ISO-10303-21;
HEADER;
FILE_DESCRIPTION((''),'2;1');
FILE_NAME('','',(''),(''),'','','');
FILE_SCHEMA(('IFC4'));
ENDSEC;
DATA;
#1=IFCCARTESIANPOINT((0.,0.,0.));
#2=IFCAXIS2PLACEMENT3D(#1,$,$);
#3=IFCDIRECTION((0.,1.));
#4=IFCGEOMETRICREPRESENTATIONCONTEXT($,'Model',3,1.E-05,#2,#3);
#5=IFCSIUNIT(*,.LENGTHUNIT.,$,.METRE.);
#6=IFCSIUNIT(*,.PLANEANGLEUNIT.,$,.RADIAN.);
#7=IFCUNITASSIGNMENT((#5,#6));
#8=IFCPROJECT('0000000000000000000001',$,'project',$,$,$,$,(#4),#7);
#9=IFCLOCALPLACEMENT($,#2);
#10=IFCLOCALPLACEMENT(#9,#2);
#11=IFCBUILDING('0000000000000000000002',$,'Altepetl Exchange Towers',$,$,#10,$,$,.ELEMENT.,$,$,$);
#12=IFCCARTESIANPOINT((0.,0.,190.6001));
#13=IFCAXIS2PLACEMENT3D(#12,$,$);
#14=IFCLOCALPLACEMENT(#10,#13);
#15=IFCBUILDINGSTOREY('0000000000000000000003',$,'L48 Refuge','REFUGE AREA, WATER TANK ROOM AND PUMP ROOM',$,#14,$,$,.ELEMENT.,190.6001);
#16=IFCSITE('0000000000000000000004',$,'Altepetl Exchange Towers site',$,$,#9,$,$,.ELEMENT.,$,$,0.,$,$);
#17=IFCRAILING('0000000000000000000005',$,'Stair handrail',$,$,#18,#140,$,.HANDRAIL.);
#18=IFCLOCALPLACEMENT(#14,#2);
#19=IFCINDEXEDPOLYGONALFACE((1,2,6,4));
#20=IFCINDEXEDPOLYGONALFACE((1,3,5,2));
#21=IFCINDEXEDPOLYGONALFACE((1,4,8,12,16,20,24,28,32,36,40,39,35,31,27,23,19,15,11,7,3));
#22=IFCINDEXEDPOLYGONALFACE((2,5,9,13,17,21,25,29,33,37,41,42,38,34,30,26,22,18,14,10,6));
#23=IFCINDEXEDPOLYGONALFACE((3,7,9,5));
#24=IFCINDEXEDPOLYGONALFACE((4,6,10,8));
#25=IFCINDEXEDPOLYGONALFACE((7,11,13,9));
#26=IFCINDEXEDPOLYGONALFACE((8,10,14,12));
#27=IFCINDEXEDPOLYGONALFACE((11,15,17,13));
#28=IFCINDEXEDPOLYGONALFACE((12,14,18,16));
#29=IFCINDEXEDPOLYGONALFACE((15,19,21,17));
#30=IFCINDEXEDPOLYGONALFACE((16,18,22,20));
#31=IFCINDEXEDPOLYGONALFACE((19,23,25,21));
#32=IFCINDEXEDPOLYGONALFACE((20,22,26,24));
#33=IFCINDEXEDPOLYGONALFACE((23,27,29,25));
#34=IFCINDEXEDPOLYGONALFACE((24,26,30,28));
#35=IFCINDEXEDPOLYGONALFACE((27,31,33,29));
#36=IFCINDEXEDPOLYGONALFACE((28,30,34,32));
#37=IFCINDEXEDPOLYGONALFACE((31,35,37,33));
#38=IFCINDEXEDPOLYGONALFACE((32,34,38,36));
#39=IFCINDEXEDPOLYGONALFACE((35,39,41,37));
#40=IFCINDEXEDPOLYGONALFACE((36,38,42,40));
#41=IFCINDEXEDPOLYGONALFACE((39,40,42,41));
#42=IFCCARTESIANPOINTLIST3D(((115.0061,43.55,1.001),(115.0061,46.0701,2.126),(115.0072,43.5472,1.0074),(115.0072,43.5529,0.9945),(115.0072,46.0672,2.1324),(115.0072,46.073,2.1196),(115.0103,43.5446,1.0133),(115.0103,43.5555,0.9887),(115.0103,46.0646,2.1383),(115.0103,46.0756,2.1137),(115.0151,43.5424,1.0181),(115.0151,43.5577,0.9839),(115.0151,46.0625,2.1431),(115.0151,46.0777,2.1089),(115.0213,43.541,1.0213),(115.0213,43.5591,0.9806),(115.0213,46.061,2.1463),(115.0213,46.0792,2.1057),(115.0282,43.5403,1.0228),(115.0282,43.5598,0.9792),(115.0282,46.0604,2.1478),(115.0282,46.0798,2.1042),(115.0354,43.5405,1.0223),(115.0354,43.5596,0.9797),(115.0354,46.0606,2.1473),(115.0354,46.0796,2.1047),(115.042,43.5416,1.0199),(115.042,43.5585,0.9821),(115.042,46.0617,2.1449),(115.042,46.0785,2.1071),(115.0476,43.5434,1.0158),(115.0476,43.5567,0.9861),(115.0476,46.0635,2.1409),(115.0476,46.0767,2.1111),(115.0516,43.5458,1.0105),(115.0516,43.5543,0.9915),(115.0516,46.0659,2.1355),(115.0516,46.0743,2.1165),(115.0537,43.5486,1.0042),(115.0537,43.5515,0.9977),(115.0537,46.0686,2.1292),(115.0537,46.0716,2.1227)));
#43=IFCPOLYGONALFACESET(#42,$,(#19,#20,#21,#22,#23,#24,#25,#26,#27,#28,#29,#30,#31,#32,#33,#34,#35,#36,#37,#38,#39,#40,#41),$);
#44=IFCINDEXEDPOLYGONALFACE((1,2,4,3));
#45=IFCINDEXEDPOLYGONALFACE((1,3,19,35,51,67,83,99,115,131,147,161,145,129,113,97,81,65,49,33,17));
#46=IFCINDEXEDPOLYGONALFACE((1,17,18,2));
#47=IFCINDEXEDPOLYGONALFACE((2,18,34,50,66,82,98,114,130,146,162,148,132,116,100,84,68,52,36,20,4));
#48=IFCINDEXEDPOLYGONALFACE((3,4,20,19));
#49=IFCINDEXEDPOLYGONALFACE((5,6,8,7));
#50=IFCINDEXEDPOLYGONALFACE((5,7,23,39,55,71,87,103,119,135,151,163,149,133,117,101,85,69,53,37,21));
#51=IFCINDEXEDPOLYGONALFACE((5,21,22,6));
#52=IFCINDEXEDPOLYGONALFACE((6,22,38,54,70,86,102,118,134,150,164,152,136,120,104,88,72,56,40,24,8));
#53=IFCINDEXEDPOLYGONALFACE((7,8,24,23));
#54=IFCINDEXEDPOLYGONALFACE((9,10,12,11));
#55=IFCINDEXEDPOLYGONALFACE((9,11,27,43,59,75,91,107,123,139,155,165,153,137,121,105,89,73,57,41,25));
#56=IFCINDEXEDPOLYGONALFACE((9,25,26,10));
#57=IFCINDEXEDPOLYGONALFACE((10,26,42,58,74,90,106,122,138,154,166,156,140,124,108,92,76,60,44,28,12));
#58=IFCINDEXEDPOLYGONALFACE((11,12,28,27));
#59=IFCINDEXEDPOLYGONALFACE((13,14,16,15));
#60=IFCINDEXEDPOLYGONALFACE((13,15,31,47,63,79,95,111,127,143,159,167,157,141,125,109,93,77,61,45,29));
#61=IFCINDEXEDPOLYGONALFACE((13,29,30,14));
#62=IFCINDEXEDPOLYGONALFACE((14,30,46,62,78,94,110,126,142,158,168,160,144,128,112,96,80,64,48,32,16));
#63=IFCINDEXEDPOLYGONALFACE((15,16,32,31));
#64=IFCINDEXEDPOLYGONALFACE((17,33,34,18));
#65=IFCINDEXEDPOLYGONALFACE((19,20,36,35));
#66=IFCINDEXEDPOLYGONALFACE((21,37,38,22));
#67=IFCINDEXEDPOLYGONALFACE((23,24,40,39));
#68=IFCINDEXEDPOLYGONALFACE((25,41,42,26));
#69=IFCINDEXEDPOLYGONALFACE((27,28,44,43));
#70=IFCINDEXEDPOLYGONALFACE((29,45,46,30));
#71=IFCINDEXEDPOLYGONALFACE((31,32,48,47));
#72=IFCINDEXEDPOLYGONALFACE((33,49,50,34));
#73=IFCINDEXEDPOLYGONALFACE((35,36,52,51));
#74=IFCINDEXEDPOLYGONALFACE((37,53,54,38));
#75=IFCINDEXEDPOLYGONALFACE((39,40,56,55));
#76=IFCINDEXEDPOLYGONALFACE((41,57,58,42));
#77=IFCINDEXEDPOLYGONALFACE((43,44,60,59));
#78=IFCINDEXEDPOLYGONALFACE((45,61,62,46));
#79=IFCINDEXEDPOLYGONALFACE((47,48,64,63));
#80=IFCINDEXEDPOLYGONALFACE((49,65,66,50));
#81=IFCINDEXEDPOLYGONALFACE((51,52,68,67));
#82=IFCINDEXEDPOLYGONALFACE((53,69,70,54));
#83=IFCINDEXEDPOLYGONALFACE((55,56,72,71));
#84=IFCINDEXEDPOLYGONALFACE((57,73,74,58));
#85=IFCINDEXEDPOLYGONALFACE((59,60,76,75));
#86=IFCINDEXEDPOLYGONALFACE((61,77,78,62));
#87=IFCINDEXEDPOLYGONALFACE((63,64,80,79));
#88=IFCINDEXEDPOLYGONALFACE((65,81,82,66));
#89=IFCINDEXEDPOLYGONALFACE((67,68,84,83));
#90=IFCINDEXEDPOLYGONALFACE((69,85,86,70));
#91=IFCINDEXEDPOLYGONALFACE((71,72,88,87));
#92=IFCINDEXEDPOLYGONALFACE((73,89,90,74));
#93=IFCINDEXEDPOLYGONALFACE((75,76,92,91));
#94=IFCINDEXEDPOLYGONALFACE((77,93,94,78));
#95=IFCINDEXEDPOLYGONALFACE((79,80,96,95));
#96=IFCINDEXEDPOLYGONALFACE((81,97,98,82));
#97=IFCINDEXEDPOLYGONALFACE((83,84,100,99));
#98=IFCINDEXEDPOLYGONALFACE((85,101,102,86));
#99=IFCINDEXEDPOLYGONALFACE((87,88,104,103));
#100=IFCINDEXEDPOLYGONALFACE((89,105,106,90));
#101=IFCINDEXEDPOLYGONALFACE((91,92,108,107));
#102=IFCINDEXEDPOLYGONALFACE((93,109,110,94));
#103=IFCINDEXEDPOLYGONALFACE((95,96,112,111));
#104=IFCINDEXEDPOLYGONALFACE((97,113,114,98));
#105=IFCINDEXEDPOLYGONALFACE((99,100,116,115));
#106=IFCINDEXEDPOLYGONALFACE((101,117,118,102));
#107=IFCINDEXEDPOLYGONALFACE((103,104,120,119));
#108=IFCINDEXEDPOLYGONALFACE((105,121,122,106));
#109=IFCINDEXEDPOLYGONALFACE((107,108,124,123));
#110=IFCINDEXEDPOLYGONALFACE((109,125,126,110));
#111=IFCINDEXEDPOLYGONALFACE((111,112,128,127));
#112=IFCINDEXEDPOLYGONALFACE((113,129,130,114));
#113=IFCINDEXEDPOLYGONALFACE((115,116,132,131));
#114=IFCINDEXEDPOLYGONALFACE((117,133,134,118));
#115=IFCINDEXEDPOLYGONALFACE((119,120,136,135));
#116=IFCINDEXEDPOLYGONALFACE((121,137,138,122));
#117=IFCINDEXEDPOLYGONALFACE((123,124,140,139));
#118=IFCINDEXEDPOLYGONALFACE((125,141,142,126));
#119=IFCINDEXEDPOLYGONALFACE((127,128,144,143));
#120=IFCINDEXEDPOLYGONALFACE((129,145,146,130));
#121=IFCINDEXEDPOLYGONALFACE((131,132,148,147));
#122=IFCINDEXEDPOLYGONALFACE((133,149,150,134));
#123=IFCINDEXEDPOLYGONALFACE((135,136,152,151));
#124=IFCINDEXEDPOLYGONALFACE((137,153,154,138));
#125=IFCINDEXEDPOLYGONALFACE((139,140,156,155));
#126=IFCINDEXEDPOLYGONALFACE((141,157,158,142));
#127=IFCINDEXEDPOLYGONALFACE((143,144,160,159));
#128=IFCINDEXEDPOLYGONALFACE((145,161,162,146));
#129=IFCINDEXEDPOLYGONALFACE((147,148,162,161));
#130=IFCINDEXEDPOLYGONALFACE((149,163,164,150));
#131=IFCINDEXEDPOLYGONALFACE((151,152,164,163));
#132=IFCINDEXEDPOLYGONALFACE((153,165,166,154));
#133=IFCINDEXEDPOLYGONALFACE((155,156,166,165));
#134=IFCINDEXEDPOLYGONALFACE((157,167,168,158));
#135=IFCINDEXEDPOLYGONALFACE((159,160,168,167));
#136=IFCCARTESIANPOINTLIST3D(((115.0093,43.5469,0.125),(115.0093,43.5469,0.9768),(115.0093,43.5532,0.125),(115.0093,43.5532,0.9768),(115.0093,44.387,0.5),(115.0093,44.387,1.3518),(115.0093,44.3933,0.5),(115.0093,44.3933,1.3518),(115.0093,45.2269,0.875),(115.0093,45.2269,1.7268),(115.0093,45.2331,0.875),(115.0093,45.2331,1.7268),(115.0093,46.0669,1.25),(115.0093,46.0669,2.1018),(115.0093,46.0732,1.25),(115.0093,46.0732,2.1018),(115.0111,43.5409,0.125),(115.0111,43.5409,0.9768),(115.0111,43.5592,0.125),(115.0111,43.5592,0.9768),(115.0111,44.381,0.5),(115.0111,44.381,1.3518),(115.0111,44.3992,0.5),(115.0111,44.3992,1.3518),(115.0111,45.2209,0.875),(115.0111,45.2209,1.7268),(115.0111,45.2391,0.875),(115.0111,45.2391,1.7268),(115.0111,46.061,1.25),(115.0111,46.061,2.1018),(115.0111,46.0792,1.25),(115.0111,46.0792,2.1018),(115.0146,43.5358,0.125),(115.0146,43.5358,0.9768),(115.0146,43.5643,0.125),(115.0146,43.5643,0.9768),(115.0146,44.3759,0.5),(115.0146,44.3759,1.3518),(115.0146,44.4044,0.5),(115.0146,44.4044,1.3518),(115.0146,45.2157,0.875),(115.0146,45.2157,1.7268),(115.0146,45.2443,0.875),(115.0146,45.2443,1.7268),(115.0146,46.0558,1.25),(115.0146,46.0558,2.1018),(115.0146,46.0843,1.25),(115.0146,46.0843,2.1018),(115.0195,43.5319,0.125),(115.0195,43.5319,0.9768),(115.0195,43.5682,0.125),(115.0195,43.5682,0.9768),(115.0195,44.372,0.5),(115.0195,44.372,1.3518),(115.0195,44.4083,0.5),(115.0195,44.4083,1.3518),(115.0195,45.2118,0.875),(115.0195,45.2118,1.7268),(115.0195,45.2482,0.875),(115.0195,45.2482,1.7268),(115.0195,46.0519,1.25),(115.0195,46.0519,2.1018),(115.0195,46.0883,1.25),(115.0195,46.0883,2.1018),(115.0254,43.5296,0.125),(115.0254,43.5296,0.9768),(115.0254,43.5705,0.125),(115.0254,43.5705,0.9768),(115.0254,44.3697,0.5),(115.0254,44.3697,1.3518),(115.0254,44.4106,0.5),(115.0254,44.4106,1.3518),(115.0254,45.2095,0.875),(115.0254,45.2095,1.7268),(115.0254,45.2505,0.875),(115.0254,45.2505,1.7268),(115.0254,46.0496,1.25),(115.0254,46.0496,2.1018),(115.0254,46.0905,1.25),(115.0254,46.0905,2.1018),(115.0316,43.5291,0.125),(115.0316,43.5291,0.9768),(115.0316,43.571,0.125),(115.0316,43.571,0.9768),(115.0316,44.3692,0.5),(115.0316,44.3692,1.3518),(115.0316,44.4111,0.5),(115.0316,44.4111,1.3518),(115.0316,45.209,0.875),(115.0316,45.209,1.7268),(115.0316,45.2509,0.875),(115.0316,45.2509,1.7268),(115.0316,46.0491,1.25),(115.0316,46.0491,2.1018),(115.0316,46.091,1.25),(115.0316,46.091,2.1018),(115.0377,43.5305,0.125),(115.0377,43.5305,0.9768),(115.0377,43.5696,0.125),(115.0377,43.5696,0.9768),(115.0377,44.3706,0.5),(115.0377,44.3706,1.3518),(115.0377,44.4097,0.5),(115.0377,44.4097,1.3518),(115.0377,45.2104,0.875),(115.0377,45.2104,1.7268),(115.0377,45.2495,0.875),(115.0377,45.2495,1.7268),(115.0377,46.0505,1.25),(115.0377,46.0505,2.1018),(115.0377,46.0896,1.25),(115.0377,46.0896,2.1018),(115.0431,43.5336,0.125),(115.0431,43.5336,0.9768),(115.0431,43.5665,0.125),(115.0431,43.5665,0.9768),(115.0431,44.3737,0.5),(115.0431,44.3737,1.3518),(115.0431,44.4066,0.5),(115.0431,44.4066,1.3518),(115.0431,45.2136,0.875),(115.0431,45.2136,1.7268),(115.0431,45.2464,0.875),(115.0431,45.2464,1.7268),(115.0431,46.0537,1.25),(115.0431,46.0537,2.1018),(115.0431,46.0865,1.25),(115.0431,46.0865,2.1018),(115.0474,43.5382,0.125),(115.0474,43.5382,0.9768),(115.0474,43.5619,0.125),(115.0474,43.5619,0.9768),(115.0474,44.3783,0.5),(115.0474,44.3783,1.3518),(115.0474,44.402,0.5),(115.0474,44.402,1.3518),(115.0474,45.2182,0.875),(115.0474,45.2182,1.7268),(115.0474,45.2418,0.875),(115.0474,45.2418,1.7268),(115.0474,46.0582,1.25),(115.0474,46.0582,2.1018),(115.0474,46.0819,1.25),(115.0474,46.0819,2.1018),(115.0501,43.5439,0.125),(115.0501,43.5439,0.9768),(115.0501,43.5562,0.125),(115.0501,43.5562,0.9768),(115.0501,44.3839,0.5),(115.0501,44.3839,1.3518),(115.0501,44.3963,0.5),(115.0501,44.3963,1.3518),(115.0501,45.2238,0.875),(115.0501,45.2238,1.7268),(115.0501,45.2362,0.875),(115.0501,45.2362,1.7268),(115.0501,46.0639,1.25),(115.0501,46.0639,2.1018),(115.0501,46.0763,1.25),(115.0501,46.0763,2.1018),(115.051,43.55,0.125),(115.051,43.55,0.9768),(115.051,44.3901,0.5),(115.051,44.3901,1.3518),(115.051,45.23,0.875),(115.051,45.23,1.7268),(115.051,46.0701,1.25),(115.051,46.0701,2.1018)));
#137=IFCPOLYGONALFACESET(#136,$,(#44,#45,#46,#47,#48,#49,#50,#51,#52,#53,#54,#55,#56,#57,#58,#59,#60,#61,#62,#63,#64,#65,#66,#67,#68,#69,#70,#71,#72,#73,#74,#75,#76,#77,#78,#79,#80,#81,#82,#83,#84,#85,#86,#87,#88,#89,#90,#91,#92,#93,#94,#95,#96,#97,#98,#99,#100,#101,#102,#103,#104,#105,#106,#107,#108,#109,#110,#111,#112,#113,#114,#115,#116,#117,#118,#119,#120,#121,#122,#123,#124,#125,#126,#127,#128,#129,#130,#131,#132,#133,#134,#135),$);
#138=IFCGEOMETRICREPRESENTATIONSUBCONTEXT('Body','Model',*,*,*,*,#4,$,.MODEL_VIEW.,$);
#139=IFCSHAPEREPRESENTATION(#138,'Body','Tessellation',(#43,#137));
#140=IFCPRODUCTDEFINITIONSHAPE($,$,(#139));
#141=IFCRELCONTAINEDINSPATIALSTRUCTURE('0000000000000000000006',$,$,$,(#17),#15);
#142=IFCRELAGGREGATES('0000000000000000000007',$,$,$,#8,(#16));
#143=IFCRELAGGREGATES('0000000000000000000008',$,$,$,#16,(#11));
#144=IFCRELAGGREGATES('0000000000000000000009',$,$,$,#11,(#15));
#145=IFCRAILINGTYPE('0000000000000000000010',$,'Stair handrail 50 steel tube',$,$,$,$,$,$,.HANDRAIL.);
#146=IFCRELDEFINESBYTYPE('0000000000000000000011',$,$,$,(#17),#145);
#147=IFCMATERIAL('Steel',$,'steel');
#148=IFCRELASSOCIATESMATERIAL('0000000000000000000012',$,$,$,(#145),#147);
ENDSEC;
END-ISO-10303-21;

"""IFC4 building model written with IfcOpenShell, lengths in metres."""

from ifc_helpers import new_model, si_unit, direction, frame, origin, origin_2d, place, context, subcontext, project, spatial, circle, extrude, source, transform, mapped, material, type_object, element, save


model = new_model("IFC4")

# Units and contexts
model_context = context("Model", 3, precision=1e-05, world=origin(), true_north=direction((0.0, 1.0)))
body_context = subcontext(model_context, "Body", "Model", "MODEL_VIEW")
ifc_project = project(units=[si_unit("LENGTHUNIT", "METRE"), si_unit("PLANEANGLEUNIT", "RADIAN")], contexts=[model_context])

# Site, building, storey
site_placement = place(None, origin())
site = spatial("IfcSite", under=ifc_project, at=site_placement, Name="Altepetl Exchange Towers site", CompositionType="ELEMENT", RefElevation=0.0)
building_placement = place(site_placement, origin())
building = spatial("IfcBuilding", under=site, at=building_placement, Name="Altepetl Exchange Towers", CompositionType="ELEMENT")
storey_placement = place(building_placement, frame((0.0, 0.0, 190.6001)))
storey = spatial("IfcBuildingStorey", under=building, at=storey_placement, Name="L48 Refuge", Description="REFUGE AREA, WATER TANK ROOM AND PUMP ROOM", CompositionType="ELEMENT", Elevation=190.6001)

# Railing
ifc_material_1 = material(Name="Steel", Category="steel")
railing_type = type_object("IfcRailingType", Name="Stair handrail 50 steel tube", PredefinedType="HANDRAIL", material=ifc_material_1)
shared_shape = source(origin(), body_context, "Body", "SweptSolid", [
    extrude(circle(Radius=0.021, at=origin_2d()), origin(), (0.0, 0.0, 1.0), 0.8518),
])
railing_1_placement = place(storey_placement, frame((115.03, 43.55, 0.125)))
element("IfcRailing", 1, at=railing_1_placement, inside=storey, type_object=railing_type, Name="Stair handrail", PredefinedType="HANDRAIL", context=body_context, shape_type="SweptSolid", body=[
    extrude(circle(Radius=0.0239, at=origin_2d()), frame((0.0, 0.0, 0.876), z_axis=(0.0, 0.913139, 0.407648), x_axis=(-1.0, 0.0, 0.0)), (0.0, 0.0, 1.0), 2.7598),
    mapped(shared_shape, transform((0.0, 0.0, 0.0))),
    mapped(shared_shape, transform((0.0, 0.8401, 0.375))),
    mapped(shared_shape, transform((0.0, 1.6799, 0.75))),
    mapped(shared_shape, transform((0.0, 2.52, 1.125))),
])

save(model, "model.ifc")
